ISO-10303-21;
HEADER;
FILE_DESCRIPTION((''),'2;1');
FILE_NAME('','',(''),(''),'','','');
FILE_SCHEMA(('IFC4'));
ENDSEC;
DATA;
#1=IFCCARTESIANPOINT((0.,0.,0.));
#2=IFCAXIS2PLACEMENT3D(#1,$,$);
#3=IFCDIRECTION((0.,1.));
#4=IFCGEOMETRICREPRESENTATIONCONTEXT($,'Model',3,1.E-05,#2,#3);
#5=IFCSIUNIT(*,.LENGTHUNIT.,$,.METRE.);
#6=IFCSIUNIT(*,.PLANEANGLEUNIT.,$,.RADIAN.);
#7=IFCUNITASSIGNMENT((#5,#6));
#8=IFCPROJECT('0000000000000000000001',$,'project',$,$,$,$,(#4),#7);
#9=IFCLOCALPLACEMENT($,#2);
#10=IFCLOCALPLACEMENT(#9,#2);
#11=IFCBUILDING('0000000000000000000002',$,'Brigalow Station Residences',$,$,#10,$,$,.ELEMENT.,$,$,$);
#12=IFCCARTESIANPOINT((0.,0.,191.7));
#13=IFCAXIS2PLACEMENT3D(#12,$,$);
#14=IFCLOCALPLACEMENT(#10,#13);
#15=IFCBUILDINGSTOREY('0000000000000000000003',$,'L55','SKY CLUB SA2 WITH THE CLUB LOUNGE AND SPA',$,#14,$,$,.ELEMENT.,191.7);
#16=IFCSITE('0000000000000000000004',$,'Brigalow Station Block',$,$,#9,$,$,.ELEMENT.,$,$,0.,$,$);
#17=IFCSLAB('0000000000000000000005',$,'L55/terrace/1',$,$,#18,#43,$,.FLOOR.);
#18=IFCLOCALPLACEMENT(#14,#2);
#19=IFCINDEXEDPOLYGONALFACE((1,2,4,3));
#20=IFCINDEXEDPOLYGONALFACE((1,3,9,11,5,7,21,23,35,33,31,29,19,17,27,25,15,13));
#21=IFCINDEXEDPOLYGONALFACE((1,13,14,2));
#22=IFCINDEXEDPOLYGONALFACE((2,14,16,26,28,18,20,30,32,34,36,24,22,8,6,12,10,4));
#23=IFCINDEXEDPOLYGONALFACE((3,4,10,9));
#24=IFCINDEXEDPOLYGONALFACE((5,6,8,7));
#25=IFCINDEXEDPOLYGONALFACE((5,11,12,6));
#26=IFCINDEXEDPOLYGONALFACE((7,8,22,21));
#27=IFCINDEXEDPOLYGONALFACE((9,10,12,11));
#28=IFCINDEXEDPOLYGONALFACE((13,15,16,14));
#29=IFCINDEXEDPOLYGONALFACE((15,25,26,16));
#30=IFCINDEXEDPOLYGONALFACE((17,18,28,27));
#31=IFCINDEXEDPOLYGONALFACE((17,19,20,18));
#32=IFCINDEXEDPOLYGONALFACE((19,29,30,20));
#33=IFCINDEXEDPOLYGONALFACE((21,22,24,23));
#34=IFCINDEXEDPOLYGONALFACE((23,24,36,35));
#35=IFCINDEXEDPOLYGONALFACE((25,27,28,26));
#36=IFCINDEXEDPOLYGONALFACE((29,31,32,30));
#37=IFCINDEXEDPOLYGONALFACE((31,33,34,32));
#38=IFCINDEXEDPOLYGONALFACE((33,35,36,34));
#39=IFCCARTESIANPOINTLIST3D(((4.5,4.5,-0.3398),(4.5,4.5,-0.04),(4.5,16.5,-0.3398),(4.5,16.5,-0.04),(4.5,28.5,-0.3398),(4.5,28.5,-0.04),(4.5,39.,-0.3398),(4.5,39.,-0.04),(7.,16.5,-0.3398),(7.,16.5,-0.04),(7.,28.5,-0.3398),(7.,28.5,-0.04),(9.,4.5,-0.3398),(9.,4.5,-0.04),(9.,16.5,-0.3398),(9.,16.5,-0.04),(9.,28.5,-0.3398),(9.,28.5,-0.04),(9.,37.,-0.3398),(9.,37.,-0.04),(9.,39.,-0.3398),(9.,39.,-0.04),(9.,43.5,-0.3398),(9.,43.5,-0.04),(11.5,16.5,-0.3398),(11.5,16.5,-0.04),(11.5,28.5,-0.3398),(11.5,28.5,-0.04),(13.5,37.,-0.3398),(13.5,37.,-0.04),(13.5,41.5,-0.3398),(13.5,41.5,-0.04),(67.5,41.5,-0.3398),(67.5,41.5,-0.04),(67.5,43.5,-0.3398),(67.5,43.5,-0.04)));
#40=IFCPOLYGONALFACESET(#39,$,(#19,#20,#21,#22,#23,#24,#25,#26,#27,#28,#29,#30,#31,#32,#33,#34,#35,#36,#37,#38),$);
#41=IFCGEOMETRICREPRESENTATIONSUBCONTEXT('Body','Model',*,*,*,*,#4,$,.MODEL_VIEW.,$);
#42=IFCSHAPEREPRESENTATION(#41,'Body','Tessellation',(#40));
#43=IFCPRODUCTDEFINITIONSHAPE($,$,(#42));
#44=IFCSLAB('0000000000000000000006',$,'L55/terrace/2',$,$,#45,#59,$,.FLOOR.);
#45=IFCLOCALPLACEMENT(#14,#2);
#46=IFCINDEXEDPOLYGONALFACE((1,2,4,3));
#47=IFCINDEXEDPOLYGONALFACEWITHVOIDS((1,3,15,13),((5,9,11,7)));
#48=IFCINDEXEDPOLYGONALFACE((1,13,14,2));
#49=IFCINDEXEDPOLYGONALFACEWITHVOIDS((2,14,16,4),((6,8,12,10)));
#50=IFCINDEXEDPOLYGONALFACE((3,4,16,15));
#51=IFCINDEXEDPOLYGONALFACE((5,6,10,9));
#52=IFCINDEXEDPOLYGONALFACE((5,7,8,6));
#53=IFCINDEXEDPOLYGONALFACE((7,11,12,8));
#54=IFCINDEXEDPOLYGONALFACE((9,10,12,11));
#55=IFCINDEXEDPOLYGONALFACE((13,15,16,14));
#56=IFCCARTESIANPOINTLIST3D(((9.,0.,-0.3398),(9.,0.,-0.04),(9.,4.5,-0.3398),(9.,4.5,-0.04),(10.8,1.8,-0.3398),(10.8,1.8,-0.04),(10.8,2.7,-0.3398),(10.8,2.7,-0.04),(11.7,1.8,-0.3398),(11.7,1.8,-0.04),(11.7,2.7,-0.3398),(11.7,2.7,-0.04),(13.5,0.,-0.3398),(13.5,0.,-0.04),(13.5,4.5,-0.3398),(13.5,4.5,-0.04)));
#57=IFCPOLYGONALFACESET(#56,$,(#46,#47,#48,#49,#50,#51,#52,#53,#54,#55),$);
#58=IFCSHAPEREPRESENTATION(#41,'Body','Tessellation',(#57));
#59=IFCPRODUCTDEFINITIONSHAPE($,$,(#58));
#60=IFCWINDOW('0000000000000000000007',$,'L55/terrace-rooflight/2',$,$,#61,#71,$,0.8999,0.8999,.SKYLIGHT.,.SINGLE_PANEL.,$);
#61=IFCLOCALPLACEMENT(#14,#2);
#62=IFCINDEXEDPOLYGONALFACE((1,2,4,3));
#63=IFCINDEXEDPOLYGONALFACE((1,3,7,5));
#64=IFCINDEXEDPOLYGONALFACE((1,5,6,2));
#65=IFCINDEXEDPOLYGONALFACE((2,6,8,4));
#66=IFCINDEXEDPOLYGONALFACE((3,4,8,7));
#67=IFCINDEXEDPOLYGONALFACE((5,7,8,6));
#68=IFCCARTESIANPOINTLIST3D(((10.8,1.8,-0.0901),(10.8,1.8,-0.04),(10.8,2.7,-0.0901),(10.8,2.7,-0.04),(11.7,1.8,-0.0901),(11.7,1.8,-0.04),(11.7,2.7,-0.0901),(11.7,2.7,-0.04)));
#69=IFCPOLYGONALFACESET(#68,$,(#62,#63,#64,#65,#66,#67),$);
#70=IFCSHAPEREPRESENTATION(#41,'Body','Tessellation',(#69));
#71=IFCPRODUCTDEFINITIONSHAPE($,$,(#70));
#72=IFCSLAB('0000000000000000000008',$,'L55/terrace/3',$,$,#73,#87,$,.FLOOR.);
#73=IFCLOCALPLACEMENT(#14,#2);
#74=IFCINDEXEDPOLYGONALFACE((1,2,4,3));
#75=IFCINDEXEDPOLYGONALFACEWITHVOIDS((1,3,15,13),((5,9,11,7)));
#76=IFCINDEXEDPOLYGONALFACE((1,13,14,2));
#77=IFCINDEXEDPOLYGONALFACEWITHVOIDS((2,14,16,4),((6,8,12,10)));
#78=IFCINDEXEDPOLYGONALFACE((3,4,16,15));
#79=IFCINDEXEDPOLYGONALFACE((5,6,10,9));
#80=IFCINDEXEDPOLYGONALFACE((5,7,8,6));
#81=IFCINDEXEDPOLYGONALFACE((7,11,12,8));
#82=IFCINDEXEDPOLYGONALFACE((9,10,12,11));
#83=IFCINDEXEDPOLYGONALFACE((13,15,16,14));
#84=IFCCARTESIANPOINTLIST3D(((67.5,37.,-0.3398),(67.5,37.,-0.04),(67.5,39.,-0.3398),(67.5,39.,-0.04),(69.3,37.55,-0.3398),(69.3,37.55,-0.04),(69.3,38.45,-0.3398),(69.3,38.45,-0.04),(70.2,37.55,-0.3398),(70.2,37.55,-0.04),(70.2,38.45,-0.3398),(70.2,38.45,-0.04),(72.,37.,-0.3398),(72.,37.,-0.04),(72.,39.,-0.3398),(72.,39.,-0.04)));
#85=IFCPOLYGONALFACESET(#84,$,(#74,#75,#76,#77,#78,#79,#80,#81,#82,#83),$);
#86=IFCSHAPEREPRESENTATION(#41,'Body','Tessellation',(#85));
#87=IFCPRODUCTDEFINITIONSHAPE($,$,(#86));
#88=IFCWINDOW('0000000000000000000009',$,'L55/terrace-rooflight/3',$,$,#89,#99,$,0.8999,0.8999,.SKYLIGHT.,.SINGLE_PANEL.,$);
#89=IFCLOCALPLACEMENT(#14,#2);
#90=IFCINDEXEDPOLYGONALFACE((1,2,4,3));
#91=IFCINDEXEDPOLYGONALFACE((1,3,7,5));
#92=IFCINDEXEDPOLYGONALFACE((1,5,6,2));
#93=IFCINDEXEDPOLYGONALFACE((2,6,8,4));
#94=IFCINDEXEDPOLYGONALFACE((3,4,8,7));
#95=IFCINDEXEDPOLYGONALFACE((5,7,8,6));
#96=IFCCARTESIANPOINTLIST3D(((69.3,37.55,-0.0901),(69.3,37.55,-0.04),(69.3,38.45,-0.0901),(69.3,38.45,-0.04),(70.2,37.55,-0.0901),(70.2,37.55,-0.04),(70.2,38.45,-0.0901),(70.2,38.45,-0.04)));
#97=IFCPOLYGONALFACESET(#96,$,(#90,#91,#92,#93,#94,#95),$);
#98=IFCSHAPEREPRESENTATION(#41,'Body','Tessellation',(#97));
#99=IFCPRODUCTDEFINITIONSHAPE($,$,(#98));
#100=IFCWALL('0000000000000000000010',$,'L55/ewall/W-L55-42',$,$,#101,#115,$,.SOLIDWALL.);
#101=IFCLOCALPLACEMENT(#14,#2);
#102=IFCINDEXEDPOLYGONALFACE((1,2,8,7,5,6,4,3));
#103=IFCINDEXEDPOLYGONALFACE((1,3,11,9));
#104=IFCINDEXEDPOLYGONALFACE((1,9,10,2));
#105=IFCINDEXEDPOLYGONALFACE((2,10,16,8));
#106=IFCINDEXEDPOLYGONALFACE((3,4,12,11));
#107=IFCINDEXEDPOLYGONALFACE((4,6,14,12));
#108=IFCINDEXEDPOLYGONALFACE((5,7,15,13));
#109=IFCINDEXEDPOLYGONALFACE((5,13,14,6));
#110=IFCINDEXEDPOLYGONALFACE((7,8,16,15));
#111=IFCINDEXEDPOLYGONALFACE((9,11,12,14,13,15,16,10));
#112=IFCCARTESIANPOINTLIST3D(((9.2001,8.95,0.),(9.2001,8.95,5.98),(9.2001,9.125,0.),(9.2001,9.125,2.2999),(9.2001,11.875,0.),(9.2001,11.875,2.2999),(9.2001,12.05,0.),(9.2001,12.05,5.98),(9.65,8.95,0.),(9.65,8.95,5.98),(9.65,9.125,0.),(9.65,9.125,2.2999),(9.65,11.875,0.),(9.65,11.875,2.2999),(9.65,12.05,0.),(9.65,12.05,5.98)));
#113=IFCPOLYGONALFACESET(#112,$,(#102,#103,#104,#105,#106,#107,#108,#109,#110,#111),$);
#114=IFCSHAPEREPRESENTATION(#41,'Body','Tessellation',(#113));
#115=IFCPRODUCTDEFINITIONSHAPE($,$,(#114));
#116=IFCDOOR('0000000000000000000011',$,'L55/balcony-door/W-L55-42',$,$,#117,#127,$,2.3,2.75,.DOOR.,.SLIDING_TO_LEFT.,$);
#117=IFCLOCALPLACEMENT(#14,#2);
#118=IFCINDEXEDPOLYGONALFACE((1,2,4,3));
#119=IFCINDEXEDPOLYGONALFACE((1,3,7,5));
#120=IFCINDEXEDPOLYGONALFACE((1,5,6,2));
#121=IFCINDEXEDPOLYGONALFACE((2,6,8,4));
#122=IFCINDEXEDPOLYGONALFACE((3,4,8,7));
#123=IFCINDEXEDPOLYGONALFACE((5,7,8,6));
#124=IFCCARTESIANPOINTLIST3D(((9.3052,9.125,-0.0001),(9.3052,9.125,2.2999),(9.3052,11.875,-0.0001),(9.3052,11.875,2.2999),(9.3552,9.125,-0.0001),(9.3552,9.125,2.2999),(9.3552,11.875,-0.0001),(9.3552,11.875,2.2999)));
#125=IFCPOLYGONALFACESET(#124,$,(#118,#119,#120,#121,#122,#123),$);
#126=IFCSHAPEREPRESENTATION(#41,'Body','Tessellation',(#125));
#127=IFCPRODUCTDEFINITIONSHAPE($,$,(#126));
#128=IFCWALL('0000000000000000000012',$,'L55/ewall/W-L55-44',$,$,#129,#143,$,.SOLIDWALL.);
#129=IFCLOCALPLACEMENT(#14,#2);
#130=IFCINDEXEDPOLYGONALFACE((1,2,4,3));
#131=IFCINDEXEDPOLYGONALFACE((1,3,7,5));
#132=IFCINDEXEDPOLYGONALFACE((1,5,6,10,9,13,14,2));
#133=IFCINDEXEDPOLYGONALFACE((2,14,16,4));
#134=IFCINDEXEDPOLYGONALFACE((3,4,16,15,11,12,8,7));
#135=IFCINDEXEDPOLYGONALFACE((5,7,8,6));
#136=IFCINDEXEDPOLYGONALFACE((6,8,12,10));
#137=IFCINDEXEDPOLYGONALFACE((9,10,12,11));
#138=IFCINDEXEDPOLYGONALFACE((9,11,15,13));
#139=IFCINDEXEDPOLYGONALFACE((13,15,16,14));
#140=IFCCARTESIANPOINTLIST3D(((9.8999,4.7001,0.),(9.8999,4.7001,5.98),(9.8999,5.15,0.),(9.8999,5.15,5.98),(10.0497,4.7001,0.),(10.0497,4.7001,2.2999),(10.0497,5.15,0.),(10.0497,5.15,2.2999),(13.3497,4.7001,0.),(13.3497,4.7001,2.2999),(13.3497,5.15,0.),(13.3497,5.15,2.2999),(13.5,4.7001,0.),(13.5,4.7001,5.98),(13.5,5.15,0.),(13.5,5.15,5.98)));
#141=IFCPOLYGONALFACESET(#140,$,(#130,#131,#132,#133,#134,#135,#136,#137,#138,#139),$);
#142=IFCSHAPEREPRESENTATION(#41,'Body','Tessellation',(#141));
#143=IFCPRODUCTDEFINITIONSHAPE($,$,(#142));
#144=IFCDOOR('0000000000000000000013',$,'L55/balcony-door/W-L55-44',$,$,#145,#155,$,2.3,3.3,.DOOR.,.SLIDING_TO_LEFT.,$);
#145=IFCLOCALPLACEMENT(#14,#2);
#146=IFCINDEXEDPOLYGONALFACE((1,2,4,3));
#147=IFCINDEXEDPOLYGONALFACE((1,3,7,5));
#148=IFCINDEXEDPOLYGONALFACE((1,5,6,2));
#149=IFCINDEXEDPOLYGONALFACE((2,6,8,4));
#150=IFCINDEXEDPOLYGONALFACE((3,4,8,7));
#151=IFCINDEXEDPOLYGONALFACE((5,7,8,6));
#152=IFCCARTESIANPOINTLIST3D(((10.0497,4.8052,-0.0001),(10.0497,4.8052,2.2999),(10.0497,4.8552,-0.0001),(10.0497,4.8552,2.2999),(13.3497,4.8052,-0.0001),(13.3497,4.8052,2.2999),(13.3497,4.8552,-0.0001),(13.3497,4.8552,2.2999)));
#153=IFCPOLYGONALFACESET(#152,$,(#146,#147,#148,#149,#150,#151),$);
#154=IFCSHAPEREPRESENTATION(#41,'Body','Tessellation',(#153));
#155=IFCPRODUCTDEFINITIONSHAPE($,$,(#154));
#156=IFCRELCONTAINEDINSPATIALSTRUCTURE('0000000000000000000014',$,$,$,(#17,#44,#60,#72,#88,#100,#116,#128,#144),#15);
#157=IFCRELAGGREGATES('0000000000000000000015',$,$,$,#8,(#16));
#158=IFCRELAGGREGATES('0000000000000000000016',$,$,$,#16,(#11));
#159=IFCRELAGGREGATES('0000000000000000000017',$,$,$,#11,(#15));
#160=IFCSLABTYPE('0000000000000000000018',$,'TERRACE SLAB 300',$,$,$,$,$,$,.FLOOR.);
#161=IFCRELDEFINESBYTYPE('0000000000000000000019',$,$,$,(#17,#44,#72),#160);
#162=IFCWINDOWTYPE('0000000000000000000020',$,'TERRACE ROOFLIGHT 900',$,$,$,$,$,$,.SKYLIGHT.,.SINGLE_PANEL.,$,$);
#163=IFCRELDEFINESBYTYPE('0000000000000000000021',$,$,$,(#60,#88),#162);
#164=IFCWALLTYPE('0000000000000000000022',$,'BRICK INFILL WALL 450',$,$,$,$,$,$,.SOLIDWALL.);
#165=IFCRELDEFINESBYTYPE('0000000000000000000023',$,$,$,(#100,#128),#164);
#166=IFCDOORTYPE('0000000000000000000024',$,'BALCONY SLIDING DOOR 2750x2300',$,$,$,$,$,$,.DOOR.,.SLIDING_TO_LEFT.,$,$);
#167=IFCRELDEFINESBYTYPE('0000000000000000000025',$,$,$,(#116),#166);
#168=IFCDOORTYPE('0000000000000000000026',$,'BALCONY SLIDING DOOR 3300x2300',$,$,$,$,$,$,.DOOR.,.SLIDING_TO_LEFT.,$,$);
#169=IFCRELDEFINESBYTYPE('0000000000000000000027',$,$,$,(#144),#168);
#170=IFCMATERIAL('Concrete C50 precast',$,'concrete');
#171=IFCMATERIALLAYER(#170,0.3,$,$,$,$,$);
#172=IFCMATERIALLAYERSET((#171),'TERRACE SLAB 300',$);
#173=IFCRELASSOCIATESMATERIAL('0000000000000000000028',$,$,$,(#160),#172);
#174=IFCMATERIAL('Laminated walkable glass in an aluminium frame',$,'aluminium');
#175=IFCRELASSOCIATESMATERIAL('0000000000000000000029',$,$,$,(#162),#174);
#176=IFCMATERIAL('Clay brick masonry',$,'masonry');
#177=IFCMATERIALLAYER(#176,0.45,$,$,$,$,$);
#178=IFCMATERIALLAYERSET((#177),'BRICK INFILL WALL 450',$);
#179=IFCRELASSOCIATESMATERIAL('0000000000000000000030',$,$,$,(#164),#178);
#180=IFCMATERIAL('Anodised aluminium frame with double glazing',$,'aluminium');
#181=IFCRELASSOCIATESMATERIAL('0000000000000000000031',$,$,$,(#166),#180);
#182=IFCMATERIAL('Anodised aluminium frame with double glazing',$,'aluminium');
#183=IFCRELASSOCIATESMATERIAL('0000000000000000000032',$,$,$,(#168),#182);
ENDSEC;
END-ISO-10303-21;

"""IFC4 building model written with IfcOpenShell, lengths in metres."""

from ifc_helpers import new_model, si_unit, direction, frame, frame_2d, origin, origin_2d, place, context, subcontext, project, spatial, polyline, rectangle, outline, extrude, material, layer, layer_set, type_object, element, fill, save


model = new_model("IFC4")

# Units and contexts
model_context = context("Model", 3, precision=1e-05, world=origin(), true_north=direction((0.0, 1.0)))
body_context = subcontext(model_context, "Body", "Model", "MODEL_VIEW")
ifc_project = project(units=[si_unit("LENGTHUNIT", "METRE"), si_unit("PLANEANGLEUNIT", "RADIAN")], contexts=[model_context])

# Site, building, storey
site_placement = place(None, origin())
site = spatial("IfcSite", under=ifc_project, at=site_placement, Name="Brigalow Station Block", CompositionType="ELEMENT", RefElevation=0.0)
building_placement = place(site_placement, origin())
building = spatial("IfcBuilding", under=site, at=building_placement, Name="Brigalow Station Residences", CompositionType="ELEMENT")
storey_placement = place(building_placement, frame((0.0, 0.0, 191.7)))
storey = spatial("IfcBuildingStorey", under=building, at=storey_placement, Name="L55", Description="SKY CLUB SA2 WITH THE CLUB LOUNGE AND SPA", CompositionType="ELEMENT", Elevation=191.7)

# Slab
ifc_material_1 = material(Name="Concrete C50 precast", Category="concrete")
ifc_layer_1 = layer(ifc_material_1, 0.3)
ifc_layer_set_1 = layer_set([ifc_layer_1], Name="TERRACE SLAB 300")
slab_type_1 = type_object("IfcSlabType", Name="TERRACE SLAB 300", PredefinedType="FLOOR", material=ifc_layer_set_1)
slab_1_placement = place(storey_placement, frame((0.0, 0.0, -0.3398)))
element("IfcSlab", 1, at=slab_1_placement, inside=storey, type_object=slab_type_1, Name="L55/terrace/1", PredefinedType="FLOOR", context=body_context, shape_type="SweptSolid", body=[
    extrude(outline(polyline([(9.0, 4.5), (9.0, 16.5), (11.5, 16.5), (11.5, 28.5), (9.0, 28.5), (9.0, 37.0), (13.5, 37.0), (13.5, 41.5), (67.5, 41.5), (67.5, 43.5), (9.0, 43.5), (9.0, 39.0), (4.5, 39.0), (4.5, 28.5), (7.0, 28.5), (7.0, 16.5), (4.5, 16.5), (4.5, 4.5), (9.0, 4.5)])), origin(), (0.0, 0.0, 1.0), 0.2998),
])

# Slabs, openings, windows
slab_2_placement = place(storey_placement, frame((0.0, 0.0, -0.3398)))
slab_2 = element("IfcSlab", 2, at=slab_2_placement, inside=storey, type_object=slab_type_1, Name="L55/terrace/2", PredefinedType="FLOOR", context=body_context, shape_type="SweptSolid", body=[
    extrude(outline(polyline([(13.5, 0.0), (13.5, 4.5), (9.0, 4.5), (9.0, 0.0), (13.5, 0.0)])), origin(), (0.0, 0.0, 1.0), 0.2998),
])
opening_1_placement = place(slab_2_placement, frame((11.25, 2.25, 0.0)))
opening_1 = element("IfcOpeningElement", 3, at=opening_1_placement, cuts=slab_2, PredefinedType="OPENING", context=body_context, shape_type="SweptSolid", body=[
    extrude(rectangle(XDim=0.8999, YDim=0.8999, at=origin_2d()), origin(), (0.0, 0.0, 1.0), 0.2998),
])
ifc_material_2 = material(Name="Laminated walkable glass in an aluminium frame", Category="aluminium")
window_type = type_object("IfcWindowType", Name="TERRACE ROOFLIGHT 900", PartitioningType="SINGLE_PANEL", PredefinedType="SKYLIGHT", material=ifc_material_2)
window_1_placement = place(opening_1_placement, frame((0.0, 0.0, 0.2498)))
window_1 = element("IfcWindow", 4, at=window_1_placement, inside=storey, type_object=window_type, Name="L55/terrace-rooflight/2", OverallHeight=0.8999, OverallWidth=0.8999, PartitioningType="SINGLE_PANEL", PredefinedType="SKYLIGHT", context=body_context, shape_type="SweptSolid", body=[
    extrude(rectangle(XDim=0.8999, YDim=0.8999, at=origin_2d()), origin(), (0.0, 0.0, 1.0), 0.05),
])
fill(opening_1, window_1)
slab_3_placement = place(storey_placement, frame((0.0, 0.0, -0.3398)))
slab_3 = element("IfcSlab", 5, at=slab_3_placement, inside=storey, type_object=slab_type_1, Name="L55/terrace/3", PredefinedType="FLOOR", context=body_context, shape_type="SweptSolid", body=[
    extrude(outline(polyline([(67.5, 39.0), (67.5, 37.0), (72.0, 37.0), (72.0, 39.0), (67.5, 39.0)])), origin(), (0.0, 0.0, 1.0), 0.2998),
])
opening_2_placement = place(slab_3_placement, frame((69.75, 38.0, 0.0)))
opening_2 = element("IfcOpeningElement", 6, at=opening_2_placement, cuts=slab_3, PredefinedType="OPENING", context=body_context, shape_type="SweptSolid", body=[
    extrude(rectangle(XDim=0.8999, YDim=0.8999, at=origin_2d()), origin(), (0.0, 0.0, 1.0), 0.2998),
])
window_2_placement = place(opening_2_placement, frame((0.0, 0.0, 0.2498)))
window_2 = element("IfcWindow", 7, at=window_2_placement, inside=storey, type_object=window_type, Name="L55/terrace-rooflight/3", OverallHeight=0.8999, OverallWidth=0.8999, PartitioningType="SINGLE_PANEL", PredefinedType="SKYLIGHT", context=body_context, shape_type="SweptSolid", body=[
    extrude(rectangle(XDim=0.8999, YDim=0.8999, at=origin_2d()), origin(), (0.0, 0.0, 1.0), 0.05),
])
fill(opening_2, window_2)

# Walls, openings, doors
ifc_material_3 = material(Name="Clay brick masonry", Category="masonry")
ifc_layer_2 = layer(ifc_material_3, 0.45)
ifc_layer_set_2 = layer_set([ifc_layer_2], Name="BRICK INFILL WALL 450")
wall_type_1 = type_object("IfcWallType", Name="BRICK INFILL WALL 450", PredefinedType="SOLIDWALL", material=ifc_layer_set_2)
wall_1_placement = place(storey_placement, frame((9.425, 12.05, 0.0), z_axis=(0.0, 0.0, 1.0), x_axis=(0.0, -1.0, 0.0)))
wall_1 = element("IfcWall", 8, at=wall_1_placement, inside=storey, type_object=wall_type_1, Name="L55/ewall/W-L55-42", PredefinedType="SOLIDWALL", context=body_context, shape_type="SweptSolid", body=[
    extrude(rectangle(XDim=3.1001, YDim=0.45, at=frame_2d((1.55, 0.0))), origin(), (0.0, 0.0, 1.0), 5.98),
])
opening_3_placement = place(wall_1_placement, frame((0.175, 0.0, 0.0)))
opening_3 = element("IfcOpeningElement", 9, at=opening_3_placement, cuts=wall_1, PredefinedType="OPENING", context=body_context, shape_type="SweptSolid", body=[
    extrude(rectangle(XDim=2.75, YDim=2.3, at=frame_2d((1.375, 1.1499))), frame((0.0, 0.2349, 0.0), z_axis=(0.0, -1.0, 0.0), x_axis=(1.0, 0.0, 0.0)), (0.0, 0.0, 1.0), 0.47),
])
ifc_material_4 = material(Name="Anodised aluminium frame with double glazing", Category="aluminium")
door_type_1 = type_object("IfcDoorType", Name="BALCONY SLIDING DOOR 2750x2300", OperationType="SLIDING_TO_LEFT", PredefinedType="DOOR", material=ifc_material_4)
door_1_placement = place(opening_3_placement, origin())
door_1 = element("IfcDoor", 10, at=door_1_placement, inside=storey, type_object=door_type_1, Name="L55/balcony-door/W-L55-42", OperationType="SLIDING_TO_LEFT", OverallHeight=2.3, OverallWidth=2.75, PredefinedType="DOOR", context=body_context, shape_type="SweptSolid", body=[
    extrude(rectangle(XDim=2.75, YDim=2.3, at=frame_2d((1.375, 1.1499))), frame((0.0, -0.0698, 0.0), z_axis=(0.0, -1.0, 0.0), x_axis=(1.0, 0.0, 0.0)), (0.0, 0.0, 1.0), 0.05),
])
fill(opening_3, door_1)
wall_2_placement = place(storey_placement, frame((9.8999, 4.925, 0.0), z_axis=(0.0, 0.0, 1.0), x_axis=(1.0, 0.0, 0.0)))
wall_2 = element("IfcWall", 11, at=wall_2_placement, inside=storey, type_object=wall_type_1, Name="L55/ewall/W-L55-44", PredefinedType="SOLIDWALL", context=body_context, shape_type="SweptSolid", body=[
    extrude(rectangle(XDim=3.6001, YDim=0.45, at=frame_2d((1.8, 0.0))), origin(), (0.0, 0.0, 1.0), 5.98),
])
opening_4_placement = place(wall_2_placement, frame((0.1499, 0.0, 0.0)))
opening_4 = element("IfcOpeningElement", 12, at=opening_4_placement, cuts=wall_2, PredefinedType="OPENING", context=body_context, shape_type="SweptSolid", body=[
    extrude(rectangle(XDim=3.3, YDim=2.3, at=frame_2d((1.6499, 1.1499))), frame((0.0, 0.2349, 0.0), z_axis=(0.0, -1.0, 0.0), x_axis=(1.0, 0.0, 0.0)), (0.0, 0.0, 1.0), 0.47),
])
ifc_material_5 = material(Name="Anodised aluminium frame with double glazing", Category="aluminium")
door_type_2 = type_object("IfcDoorType", Name="BALCONY SLIDING DOOR 3300x2300", OperationType="SLIDING_TO_LEFT", PredefinedType="DOOR", material=ifc_material_5)
door_2_placement = place(opening_4_placement, origin())
door_2 = element("IfcDoor", 13, at=door_2_placement, inside=storey, type_object=door_type_2, Name="L55/balcony-door/W-L55-44", OperationType="SLIDING_TO_LEFT", OverallHeight=2.3, OverallWidth=3.3, PredefinedType="DOOR", context=body_context, shape_type="SweptSolid", body=[
    extrude(rectangle(XDim=3.3, YDim=2.3, at=frame_2d((1.6499, 1.1499))), frame((0.0, -0.0698, 0.0), z_axis=(0.0, -1.0, 0.0), x_axis=(1.0, 0.0, 0.0)), (0.0, 0.0, 1.0), 0.05),
])
fill(opening_4, door_2)

save(model, "model.ifc")
